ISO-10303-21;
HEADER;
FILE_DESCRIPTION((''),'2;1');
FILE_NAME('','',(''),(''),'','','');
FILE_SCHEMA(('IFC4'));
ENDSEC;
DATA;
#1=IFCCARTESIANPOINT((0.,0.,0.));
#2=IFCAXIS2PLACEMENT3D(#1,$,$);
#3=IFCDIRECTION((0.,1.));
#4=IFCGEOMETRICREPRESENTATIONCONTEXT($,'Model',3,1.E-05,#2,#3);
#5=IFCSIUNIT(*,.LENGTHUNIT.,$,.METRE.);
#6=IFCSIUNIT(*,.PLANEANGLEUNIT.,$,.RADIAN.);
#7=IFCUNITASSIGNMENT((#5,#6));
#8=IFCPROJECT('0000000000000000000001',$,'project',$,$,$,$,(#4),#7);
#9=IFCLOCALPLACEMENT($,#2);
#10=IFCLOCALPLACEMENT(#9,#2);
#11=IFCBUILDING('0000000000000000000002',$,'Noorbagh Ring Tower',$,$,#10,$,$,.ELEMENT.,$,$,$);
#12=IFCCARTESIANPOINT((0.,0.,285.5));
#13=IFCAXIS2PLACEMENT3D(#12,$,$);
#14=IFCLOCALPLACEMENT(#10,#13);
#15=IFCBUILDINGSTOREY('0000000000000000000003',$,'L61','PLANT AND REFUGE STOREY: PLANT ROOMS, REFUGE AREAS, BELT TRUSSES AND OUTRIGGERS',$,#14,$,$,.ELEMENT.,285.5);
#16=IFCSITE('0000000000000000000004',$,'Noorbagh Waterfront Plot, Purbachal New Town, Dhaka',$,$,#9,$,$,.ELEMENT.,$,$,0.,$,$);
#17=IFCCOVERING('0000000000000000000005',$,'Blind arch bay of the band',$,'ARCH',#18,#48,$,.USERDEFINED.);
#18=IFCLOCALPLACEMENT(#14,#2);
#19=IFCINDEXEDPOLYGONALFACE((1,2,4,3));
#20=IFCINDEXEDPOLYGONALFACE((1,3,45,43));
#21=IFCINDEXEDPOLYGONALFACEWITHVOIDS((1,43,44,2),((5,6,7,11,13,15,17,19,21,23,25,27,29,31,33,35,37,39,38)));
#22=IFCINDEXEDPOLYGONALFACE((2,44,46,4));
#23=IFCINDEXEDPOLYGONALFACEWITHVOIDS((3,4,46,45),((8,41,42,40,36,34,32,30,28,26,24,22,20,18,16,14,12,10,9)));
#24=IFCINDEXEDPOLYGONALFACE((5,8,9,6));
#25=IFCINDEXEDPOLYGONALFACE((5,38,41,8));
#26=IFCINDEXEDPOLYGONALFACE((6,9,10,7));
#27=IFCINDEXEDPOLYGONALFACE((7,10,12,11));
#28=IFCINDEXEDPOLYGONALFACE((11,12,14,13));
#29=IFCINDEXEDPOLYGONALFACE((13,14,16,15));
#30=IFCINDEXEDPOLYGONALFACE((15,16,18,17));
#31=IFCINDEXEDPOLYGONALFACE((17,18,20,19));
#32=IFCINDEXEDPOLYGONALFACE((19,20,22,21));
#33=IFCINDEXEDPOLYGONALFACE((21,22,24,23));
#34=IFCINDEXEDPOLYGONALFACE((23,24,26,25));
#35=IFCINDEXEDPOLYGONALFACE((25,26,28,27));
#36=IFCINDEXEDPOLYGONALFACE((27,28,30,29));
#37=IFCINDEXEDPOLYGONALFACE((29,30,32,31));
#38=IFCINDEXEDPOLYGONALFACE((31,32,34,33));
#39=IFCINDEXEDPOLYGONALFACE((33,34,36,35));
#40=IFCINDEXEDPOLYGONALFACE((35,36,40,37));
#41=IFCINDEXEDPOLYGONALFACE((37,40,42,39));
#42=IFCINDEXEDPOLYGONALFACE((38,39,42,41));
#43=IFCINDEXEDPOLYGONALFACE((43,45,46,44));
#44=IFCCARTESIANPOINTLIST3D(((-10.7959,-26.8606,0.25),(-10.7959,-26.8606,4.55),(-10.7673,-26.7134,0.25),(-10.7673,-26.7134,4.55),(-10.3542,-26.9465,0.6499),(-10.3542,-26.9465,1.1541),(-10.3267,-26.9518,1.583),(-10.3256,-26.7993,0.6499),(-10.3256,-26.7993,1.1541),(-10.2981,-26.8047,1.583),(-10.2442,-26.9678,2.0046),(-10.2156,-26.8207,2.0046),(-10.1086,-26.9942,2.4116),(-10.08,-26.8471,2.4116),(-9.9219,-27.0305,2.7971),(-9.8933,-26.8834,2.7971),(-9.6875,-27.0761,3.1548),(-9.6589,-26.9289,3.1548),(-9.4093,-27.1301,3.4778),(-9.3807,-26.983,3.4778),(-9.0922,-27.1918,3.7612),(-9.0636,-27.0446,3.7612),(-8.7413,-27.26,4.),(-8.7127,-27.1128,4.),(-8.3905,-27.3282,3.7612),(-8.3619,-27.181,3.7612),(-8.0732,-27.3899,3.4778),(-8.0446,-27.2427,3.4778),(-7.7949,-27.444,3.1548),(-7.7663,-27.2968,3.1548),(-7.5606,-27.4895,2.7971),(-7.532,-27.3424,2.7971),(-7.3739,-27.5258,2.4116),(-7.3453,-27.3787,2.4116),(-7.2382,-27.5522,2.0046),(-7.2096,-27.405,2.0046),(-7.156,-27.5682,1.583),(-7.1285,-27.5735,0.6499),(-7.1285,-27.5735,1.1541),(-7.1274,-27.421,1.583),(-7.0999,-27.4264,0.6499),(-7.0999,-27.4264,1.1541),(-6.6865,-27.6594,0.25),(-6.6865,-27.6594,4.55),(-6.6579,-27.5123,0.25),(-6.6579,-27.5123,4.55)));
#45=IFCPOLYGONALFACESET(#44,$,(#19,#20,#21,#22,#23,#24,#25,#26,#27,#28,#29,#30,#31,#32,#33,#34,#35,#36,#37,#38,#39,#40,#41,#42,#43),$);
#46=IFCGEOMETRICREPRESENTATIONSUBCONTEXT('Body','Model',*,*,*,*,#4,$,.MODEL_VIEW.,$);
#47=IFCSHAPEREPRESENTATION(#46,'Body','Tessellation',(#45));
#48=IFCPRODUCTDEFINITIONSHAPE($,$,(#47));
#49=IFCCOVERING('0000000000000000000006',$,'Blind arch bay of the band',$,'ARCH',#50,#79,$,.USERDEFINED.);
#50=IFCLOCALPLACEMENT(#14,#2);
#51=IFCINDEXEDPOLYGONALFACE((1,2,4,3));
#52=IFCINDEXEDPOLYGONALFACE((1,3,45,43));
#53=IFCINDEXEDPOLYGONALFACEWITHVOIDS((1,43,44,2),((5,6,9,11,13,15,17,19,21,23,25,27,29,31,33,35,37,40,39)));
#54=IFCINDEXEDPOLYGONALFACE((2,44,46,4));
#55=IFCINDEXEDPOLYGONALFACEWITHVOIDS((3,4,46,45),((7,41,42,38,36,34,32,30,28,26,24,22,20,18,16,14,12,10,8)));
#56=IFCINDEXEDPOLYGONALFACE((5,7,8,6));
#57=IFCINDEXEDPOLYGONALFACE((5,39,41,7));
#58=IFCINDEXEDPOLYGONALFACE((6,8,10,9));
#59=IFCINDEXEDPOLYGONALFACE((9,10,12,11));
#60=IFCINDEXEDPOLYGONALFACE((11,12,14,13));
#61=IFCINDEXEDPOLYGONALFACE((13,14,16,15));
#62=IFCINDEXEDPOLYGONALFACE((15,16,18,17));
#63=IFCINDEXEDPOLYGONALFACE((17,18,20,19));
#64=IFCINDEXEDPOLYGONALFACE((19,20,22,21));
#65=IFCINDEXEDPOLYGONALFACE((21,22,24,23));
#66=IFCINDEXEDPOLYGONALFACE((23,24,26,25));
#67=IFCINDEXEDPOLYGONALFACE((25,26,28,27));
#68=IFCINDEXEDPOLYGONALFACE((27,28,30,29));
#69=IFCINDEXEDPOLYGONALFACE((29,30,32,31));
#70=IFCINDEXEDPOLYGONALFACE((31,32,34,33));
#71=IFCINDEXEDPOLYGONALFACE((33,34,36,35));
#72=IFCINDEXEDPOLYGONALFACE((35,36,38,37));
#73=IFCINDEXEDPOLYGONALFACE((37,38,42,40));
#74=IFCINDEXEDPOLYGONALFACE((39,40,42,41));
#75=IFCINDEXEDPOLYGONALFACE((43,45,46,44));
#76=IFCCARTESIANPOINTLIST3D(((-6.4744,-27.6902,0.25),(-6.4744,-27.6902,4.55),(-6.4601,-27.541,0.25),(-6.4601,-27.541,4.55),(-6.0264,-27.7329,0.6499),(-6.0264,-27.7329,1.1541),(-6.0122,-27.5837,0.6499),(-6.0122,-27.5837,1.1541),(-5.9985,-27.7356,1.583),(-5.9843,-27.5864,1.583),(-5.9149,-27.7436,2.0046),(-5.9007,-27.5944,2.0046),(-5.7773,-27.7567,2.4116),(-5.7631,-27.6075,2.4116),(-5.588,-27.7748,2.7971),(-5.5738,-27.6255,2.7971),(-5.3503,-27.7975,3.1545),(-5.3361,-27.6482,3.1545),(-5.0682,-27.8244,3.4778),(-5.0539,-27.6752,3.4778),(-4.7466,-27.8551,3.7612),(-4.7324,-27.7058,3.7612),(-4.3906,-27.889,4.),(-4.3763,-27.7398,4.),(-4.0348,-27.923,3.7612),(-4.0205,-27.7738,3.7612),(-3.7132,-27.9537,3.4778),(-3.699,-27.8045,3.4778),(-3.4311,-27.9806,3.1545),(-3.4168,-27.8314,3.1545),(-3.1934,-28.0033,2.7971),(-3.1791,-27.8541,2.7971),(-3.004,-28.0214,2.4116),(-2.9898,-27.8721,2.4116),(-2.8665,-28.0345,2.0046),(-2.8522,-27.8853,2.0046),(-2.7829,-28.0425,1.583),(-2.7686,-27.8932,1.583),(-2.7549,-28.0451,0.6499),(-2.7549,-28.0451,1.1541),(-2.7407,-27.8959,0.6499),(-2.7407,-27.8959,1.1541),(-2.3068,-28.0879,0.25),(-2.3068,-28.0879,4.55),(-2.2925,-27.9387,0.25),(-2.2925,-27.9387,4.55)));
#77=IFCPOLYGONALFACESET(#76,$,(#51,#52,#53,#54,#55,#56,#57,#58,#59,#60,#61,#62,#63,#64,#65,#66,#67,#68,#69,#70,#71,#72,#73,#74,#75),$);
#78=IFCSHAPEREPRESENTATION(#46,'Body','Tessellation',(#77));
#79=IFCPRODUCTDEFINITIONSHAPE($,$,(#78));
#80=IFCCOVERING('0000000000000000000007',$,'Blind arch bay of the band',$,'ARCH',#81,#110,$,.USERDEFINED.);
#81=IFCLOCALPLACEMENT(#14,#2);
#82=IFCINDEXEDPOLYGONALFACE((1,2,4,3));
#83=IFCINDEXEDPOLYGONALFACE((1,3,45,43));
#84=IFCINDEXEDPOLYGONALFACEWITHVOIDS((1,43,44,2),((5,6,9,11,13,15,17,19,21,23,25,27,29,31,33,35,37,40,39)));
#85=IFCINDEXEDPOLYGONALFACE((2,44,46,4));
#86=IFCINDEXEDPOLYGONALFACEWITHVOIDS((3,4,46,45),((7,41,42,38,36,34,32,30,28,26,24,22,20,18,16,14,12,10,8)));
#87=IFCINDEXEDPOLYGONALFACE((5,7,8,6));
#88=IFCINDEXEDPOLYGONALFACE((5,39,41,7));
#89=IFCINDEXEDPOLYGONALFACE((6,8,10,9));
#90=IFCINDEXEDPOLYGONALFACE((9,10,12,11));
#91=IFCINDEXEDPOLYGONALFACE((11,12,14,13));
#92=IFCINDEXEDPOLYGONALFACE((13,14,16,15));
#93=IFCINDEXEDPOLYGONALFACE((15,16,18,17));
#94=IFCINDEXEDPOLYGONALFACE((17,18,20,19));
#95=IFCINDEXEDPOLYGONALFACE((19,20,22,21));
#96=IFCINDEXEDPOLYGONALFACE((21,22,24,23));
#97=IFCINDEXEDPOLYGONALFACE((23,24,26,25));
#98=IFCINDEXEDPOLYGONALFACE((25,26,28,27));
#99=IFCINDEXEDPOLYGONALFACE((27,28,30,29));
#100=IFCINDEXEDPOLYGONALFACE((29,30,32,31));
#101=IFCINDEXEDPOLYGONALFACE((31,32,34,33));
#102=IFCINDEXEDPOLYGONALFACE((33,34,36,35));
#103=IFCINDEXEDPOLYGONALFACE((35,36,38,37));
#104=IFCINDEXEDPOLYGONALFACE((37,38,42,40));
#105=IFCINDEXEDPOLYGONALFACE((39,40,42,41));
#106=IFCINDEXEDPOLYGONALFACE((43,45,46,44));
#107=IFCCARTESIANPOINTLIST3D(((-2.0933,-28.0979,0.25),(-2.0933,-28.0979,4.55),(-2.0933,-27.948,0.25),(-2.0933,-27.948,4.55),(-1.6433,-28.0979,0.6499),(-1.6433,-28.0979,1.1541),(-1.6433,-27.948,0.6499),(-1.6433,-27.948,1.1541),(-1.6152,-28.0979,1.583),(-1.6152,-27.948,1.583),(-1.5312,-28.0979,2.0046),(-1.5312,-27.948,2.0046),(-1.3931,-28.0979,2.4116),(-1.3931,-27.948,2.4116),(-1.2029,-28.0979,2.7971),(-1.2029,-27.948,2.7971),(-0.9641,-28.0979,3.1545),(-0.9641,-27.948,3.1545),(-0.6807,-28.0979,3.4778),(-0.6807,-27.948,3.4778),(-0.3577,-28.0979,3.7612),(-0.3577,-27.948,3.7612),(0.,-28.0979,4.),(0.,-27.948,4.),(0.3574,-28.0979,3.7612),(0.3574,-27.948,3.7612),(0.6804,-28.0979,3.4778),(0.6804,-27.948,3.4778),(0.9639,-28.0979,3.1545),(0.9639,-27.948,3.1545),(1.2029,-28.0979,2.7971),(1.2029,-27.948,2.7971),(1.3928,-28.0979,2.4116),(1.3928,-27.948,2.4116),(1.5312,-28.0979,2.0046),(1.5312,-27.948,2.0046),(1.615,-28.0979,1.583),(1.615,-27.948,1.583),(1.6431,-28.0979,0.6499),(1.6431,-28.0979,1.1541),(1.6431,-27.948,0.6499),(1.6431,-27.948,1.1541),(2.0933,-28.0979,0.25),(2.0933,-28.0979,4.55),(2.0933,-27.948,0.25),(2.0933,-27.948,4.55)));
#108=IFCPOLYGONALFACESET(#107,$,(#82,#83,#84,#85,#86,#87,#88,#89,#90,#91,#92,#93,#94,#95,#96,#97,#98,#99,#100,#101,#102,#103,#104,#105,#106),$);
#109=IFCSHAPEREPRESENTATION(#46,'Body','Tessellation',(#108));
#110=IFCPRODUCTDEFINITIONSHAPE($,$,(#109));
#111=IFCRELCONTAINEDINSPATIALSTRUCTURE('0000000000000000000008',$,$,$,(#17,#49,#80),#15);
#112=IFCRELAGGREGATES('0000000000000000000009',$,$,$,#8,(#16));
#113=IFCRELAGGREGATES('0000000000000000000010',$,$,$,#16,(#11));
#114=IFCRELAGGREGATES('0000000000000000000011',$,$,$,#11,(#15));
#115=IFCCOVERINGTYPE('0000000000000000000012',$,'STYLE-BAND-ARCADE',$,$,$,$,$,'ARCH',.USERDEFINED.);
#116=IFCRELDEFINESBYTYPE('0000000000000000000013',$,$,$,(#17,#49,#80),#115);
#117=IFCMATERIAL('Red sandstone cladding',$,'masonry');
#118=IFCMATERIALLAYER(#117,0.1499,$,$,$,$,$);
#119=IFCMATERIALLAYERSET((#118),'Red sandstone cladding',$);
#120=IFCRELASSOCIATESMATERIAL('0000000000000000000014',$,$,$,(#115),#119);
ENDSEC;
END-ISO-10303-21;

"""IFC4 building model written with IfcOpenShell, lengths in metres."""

from ifc_helpers import new_model, si_unit, direction, frame, origin, place, context, subcontext, project, spatial, polyline, outline, extrude, material, layer, layer_set, type_object, element, save


model = new_model("IFC4")

# Units and contexts
model_context = context("Model", 3, precision=1e-05, world=origin(), true_north=direction((0.0, 1.0)))
body_context = subcontext(model_context, "Body", "Model", "MODEL_VIEW")
ifc_project = project(units=[si_unit("LENGTHUNIT", "METRE"), si_unit("PLANEANGLEUNIT", "RADIAN")], contexts=[model_context])

# Site, building, storey
site_placement = place(None, origin())
site = spatial("IfcSite", under=ifc_project, at=site_placement, Name="Noorbagh Waterfront Plot, Purbachal New Town, Dhaka", CompositionType="ELEMENT", RefElevation=0.0)
building_placement = place(site_placement, origin())
building = spatial("IfcBuilding", under=site, at=building_placement, Name="Noorbagh Ring Tower", CompositionType="ELEMENT")
storey_placement = place(building_placement, frame((0.0, 0.0, 285.5)))
storey = spatial("IfcBuildingStorey", under=building, at=storey_placement, Name="L61", Description="PLANT AND REFUGE STOREY: PLANT ROOMS, REFUGE AREAS, BELT TRUSSES AND OUTRIGGERS", CompositionType="ELEMENT", Elevation=285.5)

# Coverings
ifc_material_1 = material(Name="Red sandstone cladding", Category="masonry")
ifc_layer_1 = layer(ifc_material_1, 0.1499)
ifc_layer_set_1 = layer_set([ifc_layer_1], Name="Red sandstone cladding")
covering_type_1 = type_object("IfcCoveringType", Name="STYLE-BAND-ARCADE", ElementType="ARCH", PredefinedType="USERDEFINED", material=ifc_layer_set_1)
covering_1_placement = place(storey_placement, frame((-10.7959, -26.8606, 0.25), z_axis=(-0.19082, -0.981625, 0.0), x_axis=(0.981625, -0.19082, 0.0)))
element("IfcCovering", 1, at=covering_1_placement, inside=storey, type_object=covering_type_1, Name="Blind arch bay of the band", ObjectType="ARCH", PredefinedType="USERDEFINED", context=body_context, shape_type="SweptSolid", body=[
    extrude(outline(polyline([(0.0, 0.0), (4.1863, 0.0), (4.1863, 4.3), (0.0, 4.3), (0.0, 0.0)]), holes=[polyline([(0.45, 0.3999), (0.45, 0.9041), (0.478, 1.333), (0.562, 1.7546), (0.7002, 2.1616), (0.8904, 2.5471), (1.1292, 2.9048), (1.4126, 3.2278), (1.7356, 3.5112), (2.093, 3.75), (2.4504, 3.5112), (2.7737, 3.2278), (3.0571, 2.9048), (3.2959, 2.5471), (3.4861, 2.1616), (3.6243, 1.7546), (3.708, 1.333), (3.7361, 0.9041), (3.7361, 0.3999), (0.45, 0.3999)])]), origin(), (0.0, 0.0, -1.0), 0.1499),
])
covering_2_placement = place(storey_placement, frame((-6.4744, -27.6902, 0.25), z_axis=(-0.094999, -0.995477, 0.0), x_axis=(0.995477, -0.094999, 0.0)))
element("IfcCovering", 2, at=covering_2_placement, inside=storey, type_object=covering_type_1, Name="Blind arch bay of the band", ObjectType="ARCH", PredefinedType="USERDEFINED", context=body_context, shape_type="SweptSolid", body=[
    extrude(outline(polyline([(0.0, 0.0), (4.1865, 0.0), (4.1865, 4.3), (0.0, 4.3), (0.0, 0.0)]), holes=[polyline([(0.45, 0.3999), (0.45, 0.9041), (0.478, 1.333), (0.562, 1.7546), (0.7002, 2.1616), (0.8904, 2.5471), (1.1292, 2.9045), (1.4126, 3.2278), (1.7356, 3.5112), (2.0933, 3.75), (2.4507, 3.5112), (2.7737, 3.2278), (3.0571, 2.9045), (3.2959, 2.5471), (3.4861, 2.1616), (3.6243, 1.7546), (3.7083, 1.333), (3.7363, 0.9041), (3.7363, 0.3999), (0.45, 0.3999)])]), origin(), (0.0, 0.0, -1.0), 0.1499),
])
covering_3_placement = place(storey_placement, frame((-2.0933, -28.0979, 0.25), z_axis=(0.0, -1.0, 0.0), x_axis=(1.0, 0.0, 0.0)))
element("IfcCovering", 3, at=covering_3_placement, inside=storey, type_object=covering_type_1, Name="Blind arch bay of the band", ObjectType="ARCH", PredefinedType="USERDEFINED", context=body_context, shape_type="SweptSolid", body=[
    extrude(outline(polyline([(0.0, 0.0), (4.1865, 0.0), (4.1865, 4.3), (0.0, 4.3), (0.0, 0.0)]), holes=[polyline([(0.45, 0.3999), (0.45, 0.9041), (0.478, 1.333), (0.562, 1.7546), (0.7002, 2.1616), (0.8904, 2.5471), (1.1292, 2.9045), (1.4126, 3.2278), (1.7356, 3.5112), (2.0933, 3.75), (2.4507, 3.5112), (2.7737, 3.2278), (3.0571, 2.9045), (3.2961, 2.5471), (3.4861, 2.1616), (3.6245, 1.7546), (3.7083, 1.333), (3.7363, 0.9041), (3.7363, 0.3999), (0.45, 0.3999)])]), origin(), (0.0, 0.0, -1.0), 0.1499),
])

save(model, "model.ifc")
